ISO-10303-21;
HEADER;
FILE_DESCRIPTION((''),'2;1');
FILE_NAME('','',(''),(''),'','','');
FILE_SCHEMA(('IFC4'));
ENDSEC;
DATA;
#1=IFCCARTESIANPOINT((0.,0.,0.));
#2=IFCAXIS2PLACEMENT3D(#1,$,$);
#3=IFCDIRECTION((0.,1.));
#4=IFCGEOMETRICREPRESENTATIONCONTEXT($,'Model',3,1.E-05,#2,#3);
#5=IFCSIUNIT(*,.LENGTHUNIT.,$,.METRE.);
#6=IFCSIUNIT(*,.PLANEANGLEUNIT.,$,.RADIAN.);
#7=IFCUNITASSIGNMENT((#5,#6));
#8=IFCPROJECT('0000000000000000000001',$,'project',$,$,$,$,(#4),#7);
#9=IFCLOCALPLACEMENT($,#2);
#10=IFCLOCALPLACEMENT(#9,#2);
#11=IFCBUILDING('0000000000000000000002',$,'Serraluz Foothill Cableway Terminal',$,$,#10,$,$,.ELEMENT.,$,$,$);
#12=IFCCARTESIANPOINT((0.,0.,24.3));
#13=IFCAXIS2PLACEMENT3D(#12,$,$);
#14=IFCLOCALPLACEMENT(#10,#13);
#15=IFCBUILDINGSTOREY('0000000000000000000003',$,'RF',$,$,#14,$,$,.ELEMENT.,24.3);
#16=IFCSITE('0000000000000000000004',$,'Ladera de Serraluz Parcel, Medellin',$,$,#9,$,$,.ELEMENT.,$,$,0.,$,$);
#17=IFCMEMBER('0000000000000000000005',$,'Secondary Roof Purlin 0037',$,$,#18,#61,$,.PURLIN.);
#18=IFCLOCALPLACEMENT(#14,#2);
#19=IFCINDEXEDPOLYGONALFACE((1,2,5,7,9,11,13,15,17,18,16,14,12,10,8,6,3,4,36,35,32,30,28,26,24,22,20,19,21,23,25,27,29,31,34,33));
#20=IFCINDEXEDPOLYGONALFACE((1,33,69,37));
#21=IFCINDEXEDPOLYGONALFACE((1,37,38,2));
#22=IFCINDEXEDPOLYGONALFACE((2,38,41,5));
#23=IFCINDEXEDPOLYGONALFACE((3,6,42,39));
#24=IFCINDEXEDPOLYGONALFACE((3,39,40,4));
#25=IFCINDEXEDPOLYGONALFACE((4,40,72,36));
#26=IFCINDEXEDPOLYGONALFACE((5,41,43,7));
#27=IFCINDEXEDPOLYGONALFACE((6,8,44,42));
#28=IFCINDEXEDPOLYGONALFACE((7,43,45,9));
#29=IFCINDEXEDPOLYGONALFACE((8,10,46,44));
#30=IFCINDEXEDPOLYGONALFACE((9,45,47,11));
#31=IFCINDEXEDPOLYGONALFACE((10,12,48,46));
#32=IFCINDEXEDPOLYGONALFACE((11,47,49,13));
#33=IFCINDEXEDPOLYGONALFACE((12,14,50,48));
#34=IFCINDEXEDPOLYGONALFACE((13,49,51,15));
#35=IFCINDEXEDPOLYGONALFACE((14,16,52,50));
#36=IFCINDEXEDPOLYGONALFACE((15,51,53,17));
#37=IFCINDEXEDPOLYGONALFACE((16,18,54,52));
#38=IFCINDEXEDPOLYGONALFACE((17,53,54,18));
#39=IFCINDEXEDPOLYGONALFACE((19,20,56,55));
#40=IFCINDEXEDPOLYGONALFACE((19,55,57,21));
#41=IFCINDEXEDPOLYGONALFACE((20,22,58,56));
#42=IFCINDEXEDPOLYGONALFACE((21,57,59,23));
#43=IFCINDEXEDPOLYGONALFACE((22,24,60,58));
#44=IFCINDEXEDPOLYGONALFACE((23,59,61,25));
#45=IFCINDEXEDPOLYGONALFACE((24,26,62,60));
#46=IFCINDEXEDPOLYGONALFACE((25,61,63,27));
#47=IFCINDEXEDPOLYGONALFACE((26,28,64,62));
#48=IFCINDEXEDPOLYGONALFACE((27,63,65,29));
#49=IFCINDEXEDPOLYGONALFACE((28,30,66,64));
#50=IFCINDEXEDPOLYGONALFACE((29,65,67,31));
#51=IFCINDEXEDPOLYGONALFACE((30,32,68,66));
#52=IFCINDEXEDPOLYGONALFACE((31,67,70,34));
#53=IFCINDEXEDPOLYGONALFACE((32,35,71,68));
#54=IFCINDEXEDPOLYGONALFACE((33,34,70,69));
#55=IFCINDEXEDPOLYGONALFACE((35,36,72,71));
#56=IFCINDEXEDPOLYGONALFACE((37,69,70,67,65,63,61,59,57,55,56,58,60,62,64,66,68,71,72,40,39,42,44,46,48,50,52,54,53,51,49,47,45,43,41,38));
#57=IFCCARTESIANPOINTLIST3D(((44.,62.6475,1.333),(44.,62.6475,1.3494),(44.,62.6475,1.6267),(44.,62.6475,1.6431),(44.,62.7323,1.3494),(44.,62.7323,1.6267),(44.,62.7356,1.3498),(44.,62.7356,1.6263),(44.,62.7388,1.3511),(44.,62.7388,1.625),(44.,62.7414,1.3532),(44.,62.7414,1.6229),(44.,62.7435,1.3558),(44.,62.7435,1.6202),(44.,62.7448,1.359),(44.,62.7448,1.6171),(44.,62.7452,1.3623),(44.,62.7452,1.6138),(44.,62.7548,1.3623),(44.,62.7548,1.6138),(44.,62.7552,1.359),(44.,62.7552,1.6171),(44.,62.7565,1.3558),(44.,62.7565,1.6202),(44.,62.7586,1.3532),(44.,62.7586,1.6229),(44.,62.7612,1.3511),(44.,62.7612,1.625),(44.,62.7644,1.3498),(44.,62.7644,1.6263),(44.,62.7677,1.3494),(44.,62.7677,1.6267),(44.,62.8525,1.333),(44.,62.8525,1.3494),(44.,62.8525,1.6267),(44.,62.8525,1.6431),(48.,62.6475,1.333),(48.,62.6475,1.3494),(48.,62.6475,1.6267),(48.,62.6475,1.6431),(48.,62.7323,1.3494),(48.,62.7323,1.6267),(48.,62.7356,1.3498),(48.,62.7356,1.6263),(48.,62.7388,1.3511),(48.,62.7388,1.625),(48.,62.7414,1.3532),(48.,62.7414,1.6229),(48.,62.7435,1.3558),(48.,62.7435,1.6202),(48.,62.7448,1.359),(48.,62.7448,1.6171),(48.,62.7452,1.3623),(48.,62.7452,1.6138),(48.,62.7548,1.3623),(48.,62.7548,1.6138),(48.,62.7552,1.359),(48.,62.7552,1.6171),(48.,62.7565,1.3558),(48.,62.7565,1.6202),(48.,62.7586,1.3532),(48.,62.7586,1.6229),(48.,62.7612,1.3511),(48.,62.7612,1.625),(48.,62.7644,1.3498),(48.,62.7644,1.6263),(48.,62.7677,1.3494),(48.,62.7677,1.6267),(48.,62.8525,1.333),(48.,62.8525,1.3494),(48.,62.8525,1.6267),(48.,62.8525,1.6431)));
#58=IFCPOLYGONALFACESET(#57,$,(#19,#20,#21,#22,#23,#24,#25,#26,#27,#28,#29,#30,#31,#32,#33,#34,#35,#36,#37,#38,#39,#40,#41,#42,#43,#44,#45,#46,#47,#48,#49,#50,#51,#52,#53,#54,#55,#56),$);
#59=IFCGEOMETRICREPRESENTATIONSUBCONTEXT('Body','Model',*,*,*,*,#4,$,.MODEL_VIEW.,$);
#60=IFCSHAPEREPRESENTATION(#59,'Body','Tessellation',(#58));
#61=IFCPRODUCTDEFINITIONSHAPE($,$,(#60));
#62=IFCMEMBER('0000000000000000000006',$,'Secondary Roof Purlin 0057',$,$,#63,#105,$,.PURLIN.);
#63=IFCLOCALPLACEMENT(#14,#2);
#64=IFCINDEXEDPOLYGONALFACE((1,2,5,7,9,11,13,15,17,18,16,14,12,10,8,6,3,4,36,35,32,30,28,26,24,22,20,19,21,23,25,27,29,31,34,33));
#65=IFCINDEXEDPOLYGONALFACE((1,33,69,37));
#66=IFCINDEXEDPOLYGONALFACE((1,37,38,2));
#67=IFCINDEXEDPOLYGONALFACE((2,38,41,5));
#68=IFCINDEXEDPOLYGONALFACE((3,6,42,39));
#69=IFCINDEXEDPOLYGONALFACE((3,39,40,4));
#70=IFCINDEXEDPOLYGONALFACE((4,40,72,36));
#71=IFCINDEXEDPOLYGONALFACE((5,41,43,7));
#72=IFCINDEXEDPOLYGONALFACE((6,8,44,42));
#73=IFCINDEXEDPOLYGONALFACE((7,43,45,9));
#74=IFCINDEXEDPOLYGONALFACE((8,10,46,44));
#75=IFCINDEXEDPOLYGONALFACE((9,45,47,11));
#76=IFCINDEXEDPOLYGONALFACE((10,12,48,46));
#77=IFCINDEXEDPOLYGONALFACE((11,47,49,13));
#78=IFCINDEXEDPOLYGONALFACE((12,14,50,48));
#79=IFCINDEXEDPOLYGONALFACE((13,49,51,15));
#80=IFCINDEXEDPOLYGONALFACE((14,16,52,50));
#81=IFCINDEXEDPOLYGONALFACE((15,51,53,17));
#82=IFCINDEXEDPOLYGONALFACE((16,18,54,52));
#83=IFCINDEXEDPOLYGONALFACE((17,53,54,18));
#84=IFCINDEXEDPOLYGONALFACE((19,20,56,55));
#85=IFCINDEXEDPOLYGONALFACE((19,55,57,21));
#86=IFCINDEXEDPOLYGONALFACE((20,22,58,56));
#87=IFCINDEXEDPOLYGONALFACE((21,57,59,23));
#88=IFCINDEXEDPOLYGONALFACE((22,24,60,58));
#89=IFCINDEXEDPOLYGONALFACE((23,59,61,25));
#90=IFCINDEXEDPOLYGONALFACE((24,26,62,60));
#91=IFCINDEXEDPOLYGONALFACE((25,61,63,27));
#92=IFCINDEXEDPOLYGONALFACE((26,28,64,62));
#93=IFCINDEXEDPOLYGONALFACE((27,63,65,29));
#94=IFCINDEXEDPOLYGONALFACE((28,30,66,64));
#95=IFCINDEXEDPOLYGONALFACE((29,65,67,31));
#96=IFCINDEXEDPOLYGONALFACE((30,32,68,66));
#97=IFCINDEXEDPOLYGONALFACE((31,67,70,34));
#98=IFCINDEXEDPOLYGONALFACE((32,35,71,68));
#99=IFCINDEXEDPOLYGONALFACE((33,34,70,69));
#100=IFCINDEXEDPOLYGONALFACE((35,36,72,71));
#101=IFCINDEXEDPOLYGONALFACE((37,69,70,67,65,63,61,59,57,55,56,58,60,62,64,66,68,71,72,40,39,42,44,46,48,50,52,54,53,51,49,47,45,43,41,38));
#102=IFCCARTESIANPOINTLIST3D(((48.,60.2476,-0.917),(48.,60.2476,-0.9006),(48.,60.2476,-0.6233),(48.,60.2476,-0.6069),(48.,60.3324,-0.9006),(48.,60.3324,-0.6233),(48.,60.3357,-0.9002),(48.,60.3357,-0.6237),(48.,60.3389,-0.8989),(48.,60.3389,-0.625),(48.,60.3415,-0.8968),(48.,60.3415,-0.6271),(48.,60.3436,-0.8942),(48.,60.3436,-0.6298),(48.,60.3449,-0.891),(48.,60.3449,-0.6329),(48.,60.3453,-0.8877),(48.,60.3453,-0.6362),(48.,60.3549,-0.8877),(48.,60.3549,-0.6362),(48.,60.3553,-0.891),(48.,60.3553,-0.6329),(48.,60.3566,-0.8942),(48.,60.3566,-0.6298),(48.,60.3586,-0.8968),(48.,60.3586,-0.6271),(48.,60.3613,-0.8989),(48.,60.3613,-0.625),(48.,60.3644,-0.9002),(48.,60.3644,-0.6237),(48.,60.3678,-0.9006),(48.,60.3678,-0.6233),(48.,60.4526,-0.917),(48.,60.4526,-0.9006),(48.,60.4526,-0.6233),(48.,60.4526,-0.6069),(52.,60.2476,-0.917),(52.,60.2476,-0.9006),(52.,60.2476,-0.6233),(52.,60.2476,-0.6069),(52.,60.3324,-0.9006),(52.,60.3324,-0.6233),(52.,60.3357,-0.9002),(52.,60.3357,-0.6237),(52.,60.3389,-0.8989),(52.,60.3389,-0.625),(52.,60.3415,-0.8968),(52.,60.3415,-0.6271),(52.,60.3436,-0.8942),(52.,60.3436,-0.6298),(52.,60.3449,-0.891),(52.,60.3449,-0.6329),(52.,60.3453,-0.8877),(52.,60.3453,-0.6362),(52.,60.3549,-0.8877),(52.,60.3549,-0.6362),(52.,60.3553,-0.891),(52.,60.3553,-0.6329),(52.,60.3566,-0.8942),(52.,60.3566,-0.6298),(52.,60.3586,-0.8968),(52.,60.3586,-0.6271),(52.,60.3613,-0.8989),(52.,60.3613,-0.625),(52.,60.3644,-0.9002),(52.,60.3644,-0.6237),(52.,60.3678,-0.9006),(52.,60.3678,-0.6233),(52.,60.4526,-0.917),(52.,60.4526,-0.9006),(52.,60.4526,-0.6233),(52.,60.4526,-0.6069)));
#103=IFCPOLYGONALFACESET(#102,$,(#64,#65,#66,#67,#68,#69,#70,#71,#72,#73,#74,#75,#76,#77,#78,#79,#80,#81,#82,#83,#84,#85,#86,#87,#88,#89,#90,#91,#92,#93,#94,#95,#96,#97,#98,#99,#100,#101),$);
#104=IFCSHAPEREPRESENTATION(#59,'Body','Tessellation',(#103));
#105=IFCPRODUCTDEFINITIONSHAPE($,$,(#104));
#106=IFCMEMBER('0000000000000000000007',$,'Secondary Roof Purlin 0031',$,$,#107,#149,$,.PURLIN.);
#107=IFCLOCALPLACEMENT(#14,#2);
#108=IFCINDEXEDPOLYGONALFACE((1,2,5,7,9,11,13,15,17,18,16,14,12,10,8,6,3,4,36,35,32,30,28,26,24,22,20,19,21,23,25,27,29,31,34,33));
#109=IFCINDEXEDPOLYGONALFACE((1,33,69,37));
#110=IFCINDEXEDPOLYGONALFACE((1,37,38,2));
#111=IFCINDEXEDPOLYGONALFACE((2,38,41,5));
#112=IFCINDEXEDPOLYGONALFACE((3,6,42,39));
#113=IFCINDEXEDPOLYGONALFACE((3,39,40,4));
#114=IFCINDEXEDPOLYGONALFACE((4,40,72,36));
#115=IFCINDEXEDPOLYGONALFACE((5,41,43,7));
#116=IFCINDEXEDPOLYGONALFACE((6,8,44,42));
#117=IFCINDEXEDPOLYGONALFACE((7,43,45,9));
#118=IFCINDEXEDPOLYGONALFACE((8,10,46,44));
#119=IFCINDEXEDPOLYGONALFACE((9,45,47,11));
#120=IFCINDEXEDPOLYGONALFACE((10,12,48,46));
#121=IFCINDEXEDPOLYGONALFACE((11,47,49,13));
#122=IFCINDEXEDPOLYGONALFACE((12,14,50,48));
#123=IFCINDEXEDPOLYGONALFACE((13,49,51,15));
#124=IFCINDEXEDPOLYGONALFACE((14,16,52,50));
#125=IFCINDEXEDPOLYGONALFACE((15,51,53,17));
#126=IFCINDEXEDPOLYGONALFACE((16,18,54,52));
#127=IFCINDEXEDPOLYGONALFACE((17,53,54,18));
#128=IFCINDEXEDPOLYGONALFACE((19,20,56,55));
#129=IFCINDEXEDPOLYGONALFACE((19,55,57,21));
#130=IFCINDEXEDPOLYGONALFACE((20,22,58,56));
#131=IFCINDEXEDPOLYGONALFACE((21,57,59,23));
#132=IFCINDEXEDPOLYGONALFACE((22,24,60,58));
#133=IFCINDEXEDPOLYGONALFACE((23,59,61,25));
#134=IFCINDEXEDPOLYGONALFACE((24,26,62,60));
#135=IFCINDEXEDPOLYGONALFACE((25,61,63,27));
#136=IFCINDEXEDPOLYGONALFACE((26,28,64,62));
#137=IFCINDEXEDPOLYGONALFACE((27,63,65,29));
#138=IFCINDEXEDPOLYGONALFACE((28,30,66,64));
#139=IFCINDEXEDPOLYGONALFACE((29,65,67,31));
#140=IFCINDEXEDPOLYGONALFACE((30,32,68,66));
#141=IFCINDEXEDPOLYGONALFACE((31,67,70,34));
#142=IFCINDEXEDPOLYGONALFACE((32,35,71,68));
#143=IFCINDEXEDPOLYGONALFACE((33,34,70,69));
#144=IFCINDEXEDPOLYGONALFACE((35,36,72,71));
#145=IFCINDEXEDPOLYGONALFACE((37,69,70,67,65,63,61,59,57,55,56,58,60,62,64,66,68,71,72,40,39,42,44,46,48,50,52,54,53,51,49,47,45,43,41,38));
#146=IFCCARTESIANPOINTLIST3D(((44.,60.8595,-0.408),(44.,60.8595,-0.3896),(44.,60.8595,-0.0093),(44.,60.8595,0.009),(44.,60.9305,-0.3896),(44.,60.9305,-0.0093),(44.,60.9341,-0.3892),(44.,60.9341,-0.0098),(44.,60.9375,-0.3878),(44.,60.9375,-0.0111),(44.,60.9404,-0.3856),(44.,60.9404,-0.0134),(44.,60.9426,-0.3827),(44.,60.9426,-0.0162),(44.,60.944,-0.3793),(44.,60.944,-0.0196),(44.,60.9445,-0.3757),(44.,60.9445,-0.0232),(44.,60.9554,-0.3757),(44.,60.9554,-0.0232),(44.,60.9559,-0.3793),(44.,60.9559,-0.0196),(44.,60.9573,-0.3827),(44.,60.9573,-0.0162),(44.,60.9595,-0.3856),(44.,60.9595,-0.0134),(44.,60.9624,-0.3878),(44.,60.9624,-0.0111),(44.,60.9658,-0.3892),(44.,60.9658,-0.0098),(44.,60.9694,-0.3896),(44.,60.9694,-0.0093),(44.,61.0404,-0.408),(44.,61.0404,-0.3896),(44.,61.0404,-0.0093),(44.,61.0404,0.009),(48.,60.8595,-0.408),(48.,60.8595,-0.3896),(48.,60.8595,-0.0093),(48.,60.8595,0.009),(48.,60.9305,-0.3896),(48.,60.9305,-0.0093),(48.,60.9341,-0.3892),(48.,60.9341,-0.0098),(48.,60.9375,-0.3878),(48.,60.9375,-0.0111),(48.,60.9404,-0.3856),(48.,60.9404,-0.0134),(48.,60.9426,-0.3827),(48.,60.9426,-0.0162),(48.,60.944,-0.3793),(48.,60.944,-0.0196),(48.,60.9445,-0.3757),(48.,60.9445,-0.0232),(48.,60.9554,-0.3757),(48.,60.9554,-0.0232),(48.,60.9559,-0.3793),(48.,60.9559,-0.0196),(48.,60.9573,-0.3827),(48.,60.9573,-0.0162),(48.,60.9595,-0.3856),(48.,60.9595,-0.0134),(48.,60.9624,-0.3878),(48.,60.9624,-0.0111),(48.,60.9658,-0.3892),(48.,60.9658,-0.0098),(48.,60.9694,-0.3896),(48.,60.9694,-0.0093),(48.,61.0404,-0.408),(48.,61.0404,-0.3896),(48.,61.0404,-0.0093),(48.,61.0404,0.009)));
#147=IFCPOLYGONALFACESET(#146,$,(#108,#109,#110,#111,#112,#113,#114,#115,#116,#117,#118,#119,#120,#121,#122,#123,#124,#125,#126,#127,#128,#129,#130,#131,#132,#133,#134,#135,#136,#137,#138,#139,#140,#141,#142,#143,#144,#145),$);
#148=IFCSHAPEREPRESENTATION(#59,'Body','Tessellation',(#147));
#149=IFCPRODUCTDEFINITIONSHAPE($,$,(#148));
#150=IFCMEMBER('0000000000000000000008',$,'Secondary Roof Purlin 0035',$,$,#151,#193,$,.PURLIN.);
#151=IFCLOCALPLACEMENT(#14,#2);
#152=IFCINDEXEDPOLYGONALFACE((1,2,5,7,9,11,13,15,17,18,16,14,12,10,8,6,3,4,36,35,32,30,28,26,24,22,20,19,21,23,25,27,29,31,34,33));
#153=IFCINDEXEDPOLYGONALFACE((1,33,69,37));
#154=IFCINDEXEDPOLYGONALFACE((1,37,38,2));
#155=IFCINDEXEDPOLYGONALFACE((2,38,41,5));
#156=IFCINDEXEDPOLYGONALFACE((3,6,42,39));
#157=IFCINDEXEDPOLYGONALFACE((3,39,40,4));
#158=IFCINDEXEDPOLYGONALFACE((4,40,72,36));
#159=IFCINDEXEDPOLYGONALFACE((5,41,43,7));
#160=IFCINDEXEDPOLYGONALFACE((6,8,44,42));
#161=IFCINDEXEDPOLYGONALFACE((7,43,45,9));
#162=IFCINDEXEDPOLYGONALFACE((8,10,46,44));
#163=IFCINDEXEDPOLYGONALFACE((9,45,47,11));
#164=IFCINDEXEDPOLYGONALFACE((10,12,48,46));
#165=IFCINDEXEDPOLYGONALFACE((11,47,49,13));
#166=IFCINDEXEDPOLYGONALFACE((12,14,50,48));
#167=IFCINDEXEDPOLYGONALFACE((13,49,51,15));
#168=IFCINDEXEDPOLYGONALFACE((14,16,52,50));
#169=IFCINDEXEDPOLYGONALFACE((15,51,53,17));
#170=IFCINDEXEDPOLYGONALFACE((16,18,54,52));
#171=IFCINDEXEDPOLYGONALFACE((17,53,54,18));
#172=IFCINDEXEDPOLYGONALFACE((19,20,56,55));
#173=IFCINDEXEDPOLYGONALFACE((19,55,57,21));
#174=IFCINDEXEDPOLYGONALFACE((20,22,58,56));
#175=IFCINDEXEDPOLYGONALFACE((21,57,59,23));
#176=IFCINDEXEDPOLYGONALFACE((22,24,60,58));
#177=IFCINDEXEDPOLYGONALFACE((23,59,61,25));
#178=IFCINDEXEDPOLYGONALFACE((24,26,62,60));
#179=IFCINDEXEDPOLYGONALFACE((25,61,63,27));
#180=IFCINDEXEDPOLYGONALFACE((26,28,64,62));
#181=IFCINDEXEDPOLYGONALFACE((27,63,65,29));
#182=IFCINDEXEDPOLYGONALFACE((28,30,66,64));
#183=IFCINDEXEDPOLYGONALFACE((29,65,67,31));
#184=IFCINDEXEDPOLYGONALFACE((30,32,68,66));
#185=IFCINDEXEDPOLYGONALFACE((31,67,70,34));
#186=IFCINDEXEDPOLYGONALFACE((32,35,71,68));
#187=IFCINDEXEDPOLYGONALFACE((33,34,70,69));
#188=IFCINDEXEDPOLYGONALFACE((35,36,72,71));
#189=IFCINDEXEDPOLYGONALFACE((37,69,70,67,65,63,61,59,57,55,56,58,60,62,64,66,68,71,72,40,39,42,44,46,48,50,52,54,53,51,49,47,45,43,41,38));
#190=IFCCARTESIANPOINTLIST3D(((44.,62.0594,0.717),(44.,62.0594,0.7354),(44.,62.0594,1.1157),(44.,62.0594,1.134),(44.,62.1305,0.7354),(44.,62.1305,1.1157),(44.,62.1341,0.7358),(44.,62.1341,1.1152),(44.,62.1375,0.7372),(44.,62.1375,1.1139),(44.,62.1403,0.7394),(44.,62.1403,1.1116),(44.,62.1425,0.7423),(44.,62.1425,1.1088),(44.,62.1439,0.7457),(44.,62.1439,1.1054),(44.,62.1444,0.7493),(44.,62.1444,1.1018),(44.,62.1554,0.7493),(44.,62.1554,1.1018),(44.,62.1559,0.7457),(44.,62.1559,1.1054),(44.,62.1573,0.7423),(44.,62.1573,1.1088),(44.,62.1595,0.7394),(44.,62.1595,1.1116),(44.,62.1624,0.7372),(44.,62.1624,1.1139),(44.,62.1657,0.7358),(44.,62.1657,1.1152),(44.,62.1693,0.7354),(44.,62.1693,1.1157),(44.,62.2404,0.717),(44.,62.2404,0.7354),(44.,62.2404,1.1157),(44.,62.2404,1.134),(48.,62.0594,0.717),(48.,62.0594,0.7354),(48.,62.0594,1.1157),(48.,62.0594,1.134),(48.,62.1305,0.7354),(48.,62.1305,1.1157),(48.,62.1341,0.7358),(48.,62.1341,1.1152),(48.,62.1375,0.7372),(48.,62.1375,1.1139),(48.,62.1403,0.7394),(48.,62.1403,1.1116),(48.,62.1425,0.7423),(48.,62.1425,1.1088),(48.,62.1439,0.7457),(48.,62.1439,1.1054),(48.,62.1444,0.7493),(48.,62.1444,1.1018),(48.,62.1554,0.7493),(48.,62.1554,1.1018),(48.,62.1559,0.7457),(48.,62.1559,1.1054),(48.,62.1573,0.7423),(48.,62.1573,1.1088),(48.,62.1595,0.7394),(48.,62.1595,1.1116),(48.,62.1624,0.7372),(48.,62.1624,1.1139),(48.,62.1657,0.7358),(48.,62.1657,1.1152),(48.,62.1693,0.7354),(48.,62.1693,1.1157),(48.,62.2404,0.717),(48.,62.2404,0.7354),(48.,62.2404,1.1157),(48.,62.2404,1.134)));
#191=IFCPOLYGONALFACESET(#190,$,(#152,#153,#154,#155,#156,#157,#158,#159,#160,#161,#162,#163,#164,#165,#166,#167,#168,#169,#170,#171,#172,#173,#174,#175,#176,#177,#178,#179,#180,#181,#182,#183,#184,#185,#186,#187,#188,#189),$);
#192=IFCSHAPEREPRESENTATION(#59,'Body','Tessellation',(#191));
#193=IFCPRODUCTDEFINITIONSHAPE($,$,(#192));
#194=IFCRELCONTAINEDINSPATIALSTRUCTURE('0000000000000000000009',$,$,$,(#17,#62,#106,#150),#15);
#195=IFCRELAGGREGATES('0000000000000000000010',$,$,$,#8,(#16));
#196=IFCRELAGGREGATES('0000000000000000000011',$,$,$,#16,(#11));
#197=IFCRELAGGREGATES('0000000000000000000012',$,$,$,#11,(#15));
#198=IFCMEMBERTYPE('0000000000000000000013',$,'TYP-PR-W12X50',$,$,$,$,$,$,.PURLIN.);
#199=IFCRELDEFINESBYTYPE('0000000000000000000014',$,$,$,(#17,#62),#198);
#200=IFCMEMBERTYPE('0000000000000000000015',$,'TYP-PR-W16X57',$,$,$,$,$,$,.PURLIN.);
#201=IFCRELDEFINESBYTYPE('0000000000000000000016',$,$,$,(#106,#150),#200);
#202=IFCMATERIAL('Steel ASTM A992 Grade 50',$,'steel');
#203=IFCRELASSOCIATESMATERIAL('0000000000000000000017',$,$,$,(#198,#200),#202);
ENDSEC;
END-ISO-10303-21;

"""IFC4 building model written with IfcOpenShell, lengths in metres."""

from ifc_helpers import new_model, si_unit, direction, frame, origin, origin_2d, place, context, subcontext, project, spatial, i_section, extrude, material, material_profile, profile_set, type_object, element, save


model = new_model("IFC4")

# Units and contexts
model_context = context("Model", 3, precision=1e-05, world=origin(), true_north=direction((0.0, 1.0)))
body_context = subcontext(model_context, "Body", "Model", "MODEL_VIEW")
ifc_project = project(units=[si_unit("LENGTHUNIT", "METRE"), si_unit("PLANEANGLEUNIT", "RADIAN")], contexts=[model_context])

# Site, building, storey
site_placement = place(None, origin())
site = spatial("IfcSite", under=ifc_project, at=site_placement, Name="Ladera de Serraluz Parcel, Medellin", CompositionType="ELEMENT", RefElevation=0.0)
building_placement = place(site_placement, origin())
building = spatial("IfcBuilding", under=site, at=building_placement, Name="Serraluz Foothill Cableway Terminal", CompositionType="ELEMENT")
storey_placement = place(building_placement, frame((0.0, 0.0, 24.3)))
storey = spatial("IfcBuildingStorey", under=building, at=storey_placement, Name="RF", CompositionType="ELEMENT", Elevation=24.3)

# Members
ifc_material_1 = material(Name="Steel ASTM A992 Grade 50", Category="steel")
ifc_material_profile_1 = material_profile(ifc_material_1, i_section(OverallWidth=0.2051, OverallDepth=0.3101, WebThickness=0.0095, FlangeThickness=0.0164, FilletRadius=0.0129, at=origin_2d()), Name="W12X50")
ifc_profile_set_1 = profile_set([ifc_material_profile_1], Name="Steel ASTM A992 Grade 50")
member_type_1 = type_object("IfcMemberType", Name="TYP-PR-W12X50", PredefinedType="PURLIN", material=ifc_profile_set_1)
for number, where, z_axis, x_axis, name in (
    (1, (44.0, 62.75, 1.488), (1.0, 0.0, 0.0), (0.0, 1.0, 0.0), "Secondary Roof Purlin 0037"),
    (2, (48.0, 60.3501, -0.762), (1.0, 0.0, 0.0), (0.0, 1.0, 0.0), "Secondary Roof Purlin 0057"),
):
    element("IfcMember", number, at=place(storey_placement, frame(where, z_axis=z_axis, x_axis=x_axis)), inside=storey, type_object=member_type_1, Name=name, PredefinedType="PURLIN", context=body_context, shape_type="SweptSolid", body=[
        extrude(i_section(OverallWidth=0.2051, OverallDepth=0.3101, WebThickness=0.0095, FlangeThickness=0.0164, FilletRadius=0.0129, at=origin_2d()), origin(), (0.0, 0.0, 1.0), 4.0),
    ])
ifc_material_profile_2 = material_profile(ifc_material_1, i_section(OverallWidth=0.1809, OverallDepth=0.417, WebThickness=0.011, FlangeThickness=0.0183, FilletRadius=0.0139, at=origin_2d()), Name="W16X57")
ifc_profile_set_2 = profile_set([ifc_material_profile_2], Name="Steel ASTM A992 Grade 50")
member_type_2 = type_object("IfcMemberType", Name="TYP-PR-W16X57", PredefinedType="PURLIN", material=ifc_profile_set_2)
for number, where, z_axis, x_axis, name in (
    (3, (44.0, 60.95, -0.1995), (1.0, 0.0, 0.0), (0.0, 1.0, 0.0), "Secondary Roof Purlin 0031"),
    (4, (44.0, 62.1499, 0.9255), (1.0, 0.0, 0.0), (0.0, 1.0, 0.0), "Secondary Roof Purlin 0035"),
):
    element("IfcMember", number, at=place(storey_placement, frame(where, z_axis=z_axis, x_axis=x_axis)), inside=storey, type_object=member_type_2, Name=name, PredefinedType="PURLIN", context=body_context, shape_type="SweptSolid", body=[
        extrude(i_section(OverallWidth=0.1809, OverallDepth=0.417, WebThickness=0.011, FlangeThickness=0.0183, FilletRadius=0.0139, at=origin_2d()), origin(), (0.0, 0.0, 1.0), 4.0),
    ])

save(model, "model.ifc")
